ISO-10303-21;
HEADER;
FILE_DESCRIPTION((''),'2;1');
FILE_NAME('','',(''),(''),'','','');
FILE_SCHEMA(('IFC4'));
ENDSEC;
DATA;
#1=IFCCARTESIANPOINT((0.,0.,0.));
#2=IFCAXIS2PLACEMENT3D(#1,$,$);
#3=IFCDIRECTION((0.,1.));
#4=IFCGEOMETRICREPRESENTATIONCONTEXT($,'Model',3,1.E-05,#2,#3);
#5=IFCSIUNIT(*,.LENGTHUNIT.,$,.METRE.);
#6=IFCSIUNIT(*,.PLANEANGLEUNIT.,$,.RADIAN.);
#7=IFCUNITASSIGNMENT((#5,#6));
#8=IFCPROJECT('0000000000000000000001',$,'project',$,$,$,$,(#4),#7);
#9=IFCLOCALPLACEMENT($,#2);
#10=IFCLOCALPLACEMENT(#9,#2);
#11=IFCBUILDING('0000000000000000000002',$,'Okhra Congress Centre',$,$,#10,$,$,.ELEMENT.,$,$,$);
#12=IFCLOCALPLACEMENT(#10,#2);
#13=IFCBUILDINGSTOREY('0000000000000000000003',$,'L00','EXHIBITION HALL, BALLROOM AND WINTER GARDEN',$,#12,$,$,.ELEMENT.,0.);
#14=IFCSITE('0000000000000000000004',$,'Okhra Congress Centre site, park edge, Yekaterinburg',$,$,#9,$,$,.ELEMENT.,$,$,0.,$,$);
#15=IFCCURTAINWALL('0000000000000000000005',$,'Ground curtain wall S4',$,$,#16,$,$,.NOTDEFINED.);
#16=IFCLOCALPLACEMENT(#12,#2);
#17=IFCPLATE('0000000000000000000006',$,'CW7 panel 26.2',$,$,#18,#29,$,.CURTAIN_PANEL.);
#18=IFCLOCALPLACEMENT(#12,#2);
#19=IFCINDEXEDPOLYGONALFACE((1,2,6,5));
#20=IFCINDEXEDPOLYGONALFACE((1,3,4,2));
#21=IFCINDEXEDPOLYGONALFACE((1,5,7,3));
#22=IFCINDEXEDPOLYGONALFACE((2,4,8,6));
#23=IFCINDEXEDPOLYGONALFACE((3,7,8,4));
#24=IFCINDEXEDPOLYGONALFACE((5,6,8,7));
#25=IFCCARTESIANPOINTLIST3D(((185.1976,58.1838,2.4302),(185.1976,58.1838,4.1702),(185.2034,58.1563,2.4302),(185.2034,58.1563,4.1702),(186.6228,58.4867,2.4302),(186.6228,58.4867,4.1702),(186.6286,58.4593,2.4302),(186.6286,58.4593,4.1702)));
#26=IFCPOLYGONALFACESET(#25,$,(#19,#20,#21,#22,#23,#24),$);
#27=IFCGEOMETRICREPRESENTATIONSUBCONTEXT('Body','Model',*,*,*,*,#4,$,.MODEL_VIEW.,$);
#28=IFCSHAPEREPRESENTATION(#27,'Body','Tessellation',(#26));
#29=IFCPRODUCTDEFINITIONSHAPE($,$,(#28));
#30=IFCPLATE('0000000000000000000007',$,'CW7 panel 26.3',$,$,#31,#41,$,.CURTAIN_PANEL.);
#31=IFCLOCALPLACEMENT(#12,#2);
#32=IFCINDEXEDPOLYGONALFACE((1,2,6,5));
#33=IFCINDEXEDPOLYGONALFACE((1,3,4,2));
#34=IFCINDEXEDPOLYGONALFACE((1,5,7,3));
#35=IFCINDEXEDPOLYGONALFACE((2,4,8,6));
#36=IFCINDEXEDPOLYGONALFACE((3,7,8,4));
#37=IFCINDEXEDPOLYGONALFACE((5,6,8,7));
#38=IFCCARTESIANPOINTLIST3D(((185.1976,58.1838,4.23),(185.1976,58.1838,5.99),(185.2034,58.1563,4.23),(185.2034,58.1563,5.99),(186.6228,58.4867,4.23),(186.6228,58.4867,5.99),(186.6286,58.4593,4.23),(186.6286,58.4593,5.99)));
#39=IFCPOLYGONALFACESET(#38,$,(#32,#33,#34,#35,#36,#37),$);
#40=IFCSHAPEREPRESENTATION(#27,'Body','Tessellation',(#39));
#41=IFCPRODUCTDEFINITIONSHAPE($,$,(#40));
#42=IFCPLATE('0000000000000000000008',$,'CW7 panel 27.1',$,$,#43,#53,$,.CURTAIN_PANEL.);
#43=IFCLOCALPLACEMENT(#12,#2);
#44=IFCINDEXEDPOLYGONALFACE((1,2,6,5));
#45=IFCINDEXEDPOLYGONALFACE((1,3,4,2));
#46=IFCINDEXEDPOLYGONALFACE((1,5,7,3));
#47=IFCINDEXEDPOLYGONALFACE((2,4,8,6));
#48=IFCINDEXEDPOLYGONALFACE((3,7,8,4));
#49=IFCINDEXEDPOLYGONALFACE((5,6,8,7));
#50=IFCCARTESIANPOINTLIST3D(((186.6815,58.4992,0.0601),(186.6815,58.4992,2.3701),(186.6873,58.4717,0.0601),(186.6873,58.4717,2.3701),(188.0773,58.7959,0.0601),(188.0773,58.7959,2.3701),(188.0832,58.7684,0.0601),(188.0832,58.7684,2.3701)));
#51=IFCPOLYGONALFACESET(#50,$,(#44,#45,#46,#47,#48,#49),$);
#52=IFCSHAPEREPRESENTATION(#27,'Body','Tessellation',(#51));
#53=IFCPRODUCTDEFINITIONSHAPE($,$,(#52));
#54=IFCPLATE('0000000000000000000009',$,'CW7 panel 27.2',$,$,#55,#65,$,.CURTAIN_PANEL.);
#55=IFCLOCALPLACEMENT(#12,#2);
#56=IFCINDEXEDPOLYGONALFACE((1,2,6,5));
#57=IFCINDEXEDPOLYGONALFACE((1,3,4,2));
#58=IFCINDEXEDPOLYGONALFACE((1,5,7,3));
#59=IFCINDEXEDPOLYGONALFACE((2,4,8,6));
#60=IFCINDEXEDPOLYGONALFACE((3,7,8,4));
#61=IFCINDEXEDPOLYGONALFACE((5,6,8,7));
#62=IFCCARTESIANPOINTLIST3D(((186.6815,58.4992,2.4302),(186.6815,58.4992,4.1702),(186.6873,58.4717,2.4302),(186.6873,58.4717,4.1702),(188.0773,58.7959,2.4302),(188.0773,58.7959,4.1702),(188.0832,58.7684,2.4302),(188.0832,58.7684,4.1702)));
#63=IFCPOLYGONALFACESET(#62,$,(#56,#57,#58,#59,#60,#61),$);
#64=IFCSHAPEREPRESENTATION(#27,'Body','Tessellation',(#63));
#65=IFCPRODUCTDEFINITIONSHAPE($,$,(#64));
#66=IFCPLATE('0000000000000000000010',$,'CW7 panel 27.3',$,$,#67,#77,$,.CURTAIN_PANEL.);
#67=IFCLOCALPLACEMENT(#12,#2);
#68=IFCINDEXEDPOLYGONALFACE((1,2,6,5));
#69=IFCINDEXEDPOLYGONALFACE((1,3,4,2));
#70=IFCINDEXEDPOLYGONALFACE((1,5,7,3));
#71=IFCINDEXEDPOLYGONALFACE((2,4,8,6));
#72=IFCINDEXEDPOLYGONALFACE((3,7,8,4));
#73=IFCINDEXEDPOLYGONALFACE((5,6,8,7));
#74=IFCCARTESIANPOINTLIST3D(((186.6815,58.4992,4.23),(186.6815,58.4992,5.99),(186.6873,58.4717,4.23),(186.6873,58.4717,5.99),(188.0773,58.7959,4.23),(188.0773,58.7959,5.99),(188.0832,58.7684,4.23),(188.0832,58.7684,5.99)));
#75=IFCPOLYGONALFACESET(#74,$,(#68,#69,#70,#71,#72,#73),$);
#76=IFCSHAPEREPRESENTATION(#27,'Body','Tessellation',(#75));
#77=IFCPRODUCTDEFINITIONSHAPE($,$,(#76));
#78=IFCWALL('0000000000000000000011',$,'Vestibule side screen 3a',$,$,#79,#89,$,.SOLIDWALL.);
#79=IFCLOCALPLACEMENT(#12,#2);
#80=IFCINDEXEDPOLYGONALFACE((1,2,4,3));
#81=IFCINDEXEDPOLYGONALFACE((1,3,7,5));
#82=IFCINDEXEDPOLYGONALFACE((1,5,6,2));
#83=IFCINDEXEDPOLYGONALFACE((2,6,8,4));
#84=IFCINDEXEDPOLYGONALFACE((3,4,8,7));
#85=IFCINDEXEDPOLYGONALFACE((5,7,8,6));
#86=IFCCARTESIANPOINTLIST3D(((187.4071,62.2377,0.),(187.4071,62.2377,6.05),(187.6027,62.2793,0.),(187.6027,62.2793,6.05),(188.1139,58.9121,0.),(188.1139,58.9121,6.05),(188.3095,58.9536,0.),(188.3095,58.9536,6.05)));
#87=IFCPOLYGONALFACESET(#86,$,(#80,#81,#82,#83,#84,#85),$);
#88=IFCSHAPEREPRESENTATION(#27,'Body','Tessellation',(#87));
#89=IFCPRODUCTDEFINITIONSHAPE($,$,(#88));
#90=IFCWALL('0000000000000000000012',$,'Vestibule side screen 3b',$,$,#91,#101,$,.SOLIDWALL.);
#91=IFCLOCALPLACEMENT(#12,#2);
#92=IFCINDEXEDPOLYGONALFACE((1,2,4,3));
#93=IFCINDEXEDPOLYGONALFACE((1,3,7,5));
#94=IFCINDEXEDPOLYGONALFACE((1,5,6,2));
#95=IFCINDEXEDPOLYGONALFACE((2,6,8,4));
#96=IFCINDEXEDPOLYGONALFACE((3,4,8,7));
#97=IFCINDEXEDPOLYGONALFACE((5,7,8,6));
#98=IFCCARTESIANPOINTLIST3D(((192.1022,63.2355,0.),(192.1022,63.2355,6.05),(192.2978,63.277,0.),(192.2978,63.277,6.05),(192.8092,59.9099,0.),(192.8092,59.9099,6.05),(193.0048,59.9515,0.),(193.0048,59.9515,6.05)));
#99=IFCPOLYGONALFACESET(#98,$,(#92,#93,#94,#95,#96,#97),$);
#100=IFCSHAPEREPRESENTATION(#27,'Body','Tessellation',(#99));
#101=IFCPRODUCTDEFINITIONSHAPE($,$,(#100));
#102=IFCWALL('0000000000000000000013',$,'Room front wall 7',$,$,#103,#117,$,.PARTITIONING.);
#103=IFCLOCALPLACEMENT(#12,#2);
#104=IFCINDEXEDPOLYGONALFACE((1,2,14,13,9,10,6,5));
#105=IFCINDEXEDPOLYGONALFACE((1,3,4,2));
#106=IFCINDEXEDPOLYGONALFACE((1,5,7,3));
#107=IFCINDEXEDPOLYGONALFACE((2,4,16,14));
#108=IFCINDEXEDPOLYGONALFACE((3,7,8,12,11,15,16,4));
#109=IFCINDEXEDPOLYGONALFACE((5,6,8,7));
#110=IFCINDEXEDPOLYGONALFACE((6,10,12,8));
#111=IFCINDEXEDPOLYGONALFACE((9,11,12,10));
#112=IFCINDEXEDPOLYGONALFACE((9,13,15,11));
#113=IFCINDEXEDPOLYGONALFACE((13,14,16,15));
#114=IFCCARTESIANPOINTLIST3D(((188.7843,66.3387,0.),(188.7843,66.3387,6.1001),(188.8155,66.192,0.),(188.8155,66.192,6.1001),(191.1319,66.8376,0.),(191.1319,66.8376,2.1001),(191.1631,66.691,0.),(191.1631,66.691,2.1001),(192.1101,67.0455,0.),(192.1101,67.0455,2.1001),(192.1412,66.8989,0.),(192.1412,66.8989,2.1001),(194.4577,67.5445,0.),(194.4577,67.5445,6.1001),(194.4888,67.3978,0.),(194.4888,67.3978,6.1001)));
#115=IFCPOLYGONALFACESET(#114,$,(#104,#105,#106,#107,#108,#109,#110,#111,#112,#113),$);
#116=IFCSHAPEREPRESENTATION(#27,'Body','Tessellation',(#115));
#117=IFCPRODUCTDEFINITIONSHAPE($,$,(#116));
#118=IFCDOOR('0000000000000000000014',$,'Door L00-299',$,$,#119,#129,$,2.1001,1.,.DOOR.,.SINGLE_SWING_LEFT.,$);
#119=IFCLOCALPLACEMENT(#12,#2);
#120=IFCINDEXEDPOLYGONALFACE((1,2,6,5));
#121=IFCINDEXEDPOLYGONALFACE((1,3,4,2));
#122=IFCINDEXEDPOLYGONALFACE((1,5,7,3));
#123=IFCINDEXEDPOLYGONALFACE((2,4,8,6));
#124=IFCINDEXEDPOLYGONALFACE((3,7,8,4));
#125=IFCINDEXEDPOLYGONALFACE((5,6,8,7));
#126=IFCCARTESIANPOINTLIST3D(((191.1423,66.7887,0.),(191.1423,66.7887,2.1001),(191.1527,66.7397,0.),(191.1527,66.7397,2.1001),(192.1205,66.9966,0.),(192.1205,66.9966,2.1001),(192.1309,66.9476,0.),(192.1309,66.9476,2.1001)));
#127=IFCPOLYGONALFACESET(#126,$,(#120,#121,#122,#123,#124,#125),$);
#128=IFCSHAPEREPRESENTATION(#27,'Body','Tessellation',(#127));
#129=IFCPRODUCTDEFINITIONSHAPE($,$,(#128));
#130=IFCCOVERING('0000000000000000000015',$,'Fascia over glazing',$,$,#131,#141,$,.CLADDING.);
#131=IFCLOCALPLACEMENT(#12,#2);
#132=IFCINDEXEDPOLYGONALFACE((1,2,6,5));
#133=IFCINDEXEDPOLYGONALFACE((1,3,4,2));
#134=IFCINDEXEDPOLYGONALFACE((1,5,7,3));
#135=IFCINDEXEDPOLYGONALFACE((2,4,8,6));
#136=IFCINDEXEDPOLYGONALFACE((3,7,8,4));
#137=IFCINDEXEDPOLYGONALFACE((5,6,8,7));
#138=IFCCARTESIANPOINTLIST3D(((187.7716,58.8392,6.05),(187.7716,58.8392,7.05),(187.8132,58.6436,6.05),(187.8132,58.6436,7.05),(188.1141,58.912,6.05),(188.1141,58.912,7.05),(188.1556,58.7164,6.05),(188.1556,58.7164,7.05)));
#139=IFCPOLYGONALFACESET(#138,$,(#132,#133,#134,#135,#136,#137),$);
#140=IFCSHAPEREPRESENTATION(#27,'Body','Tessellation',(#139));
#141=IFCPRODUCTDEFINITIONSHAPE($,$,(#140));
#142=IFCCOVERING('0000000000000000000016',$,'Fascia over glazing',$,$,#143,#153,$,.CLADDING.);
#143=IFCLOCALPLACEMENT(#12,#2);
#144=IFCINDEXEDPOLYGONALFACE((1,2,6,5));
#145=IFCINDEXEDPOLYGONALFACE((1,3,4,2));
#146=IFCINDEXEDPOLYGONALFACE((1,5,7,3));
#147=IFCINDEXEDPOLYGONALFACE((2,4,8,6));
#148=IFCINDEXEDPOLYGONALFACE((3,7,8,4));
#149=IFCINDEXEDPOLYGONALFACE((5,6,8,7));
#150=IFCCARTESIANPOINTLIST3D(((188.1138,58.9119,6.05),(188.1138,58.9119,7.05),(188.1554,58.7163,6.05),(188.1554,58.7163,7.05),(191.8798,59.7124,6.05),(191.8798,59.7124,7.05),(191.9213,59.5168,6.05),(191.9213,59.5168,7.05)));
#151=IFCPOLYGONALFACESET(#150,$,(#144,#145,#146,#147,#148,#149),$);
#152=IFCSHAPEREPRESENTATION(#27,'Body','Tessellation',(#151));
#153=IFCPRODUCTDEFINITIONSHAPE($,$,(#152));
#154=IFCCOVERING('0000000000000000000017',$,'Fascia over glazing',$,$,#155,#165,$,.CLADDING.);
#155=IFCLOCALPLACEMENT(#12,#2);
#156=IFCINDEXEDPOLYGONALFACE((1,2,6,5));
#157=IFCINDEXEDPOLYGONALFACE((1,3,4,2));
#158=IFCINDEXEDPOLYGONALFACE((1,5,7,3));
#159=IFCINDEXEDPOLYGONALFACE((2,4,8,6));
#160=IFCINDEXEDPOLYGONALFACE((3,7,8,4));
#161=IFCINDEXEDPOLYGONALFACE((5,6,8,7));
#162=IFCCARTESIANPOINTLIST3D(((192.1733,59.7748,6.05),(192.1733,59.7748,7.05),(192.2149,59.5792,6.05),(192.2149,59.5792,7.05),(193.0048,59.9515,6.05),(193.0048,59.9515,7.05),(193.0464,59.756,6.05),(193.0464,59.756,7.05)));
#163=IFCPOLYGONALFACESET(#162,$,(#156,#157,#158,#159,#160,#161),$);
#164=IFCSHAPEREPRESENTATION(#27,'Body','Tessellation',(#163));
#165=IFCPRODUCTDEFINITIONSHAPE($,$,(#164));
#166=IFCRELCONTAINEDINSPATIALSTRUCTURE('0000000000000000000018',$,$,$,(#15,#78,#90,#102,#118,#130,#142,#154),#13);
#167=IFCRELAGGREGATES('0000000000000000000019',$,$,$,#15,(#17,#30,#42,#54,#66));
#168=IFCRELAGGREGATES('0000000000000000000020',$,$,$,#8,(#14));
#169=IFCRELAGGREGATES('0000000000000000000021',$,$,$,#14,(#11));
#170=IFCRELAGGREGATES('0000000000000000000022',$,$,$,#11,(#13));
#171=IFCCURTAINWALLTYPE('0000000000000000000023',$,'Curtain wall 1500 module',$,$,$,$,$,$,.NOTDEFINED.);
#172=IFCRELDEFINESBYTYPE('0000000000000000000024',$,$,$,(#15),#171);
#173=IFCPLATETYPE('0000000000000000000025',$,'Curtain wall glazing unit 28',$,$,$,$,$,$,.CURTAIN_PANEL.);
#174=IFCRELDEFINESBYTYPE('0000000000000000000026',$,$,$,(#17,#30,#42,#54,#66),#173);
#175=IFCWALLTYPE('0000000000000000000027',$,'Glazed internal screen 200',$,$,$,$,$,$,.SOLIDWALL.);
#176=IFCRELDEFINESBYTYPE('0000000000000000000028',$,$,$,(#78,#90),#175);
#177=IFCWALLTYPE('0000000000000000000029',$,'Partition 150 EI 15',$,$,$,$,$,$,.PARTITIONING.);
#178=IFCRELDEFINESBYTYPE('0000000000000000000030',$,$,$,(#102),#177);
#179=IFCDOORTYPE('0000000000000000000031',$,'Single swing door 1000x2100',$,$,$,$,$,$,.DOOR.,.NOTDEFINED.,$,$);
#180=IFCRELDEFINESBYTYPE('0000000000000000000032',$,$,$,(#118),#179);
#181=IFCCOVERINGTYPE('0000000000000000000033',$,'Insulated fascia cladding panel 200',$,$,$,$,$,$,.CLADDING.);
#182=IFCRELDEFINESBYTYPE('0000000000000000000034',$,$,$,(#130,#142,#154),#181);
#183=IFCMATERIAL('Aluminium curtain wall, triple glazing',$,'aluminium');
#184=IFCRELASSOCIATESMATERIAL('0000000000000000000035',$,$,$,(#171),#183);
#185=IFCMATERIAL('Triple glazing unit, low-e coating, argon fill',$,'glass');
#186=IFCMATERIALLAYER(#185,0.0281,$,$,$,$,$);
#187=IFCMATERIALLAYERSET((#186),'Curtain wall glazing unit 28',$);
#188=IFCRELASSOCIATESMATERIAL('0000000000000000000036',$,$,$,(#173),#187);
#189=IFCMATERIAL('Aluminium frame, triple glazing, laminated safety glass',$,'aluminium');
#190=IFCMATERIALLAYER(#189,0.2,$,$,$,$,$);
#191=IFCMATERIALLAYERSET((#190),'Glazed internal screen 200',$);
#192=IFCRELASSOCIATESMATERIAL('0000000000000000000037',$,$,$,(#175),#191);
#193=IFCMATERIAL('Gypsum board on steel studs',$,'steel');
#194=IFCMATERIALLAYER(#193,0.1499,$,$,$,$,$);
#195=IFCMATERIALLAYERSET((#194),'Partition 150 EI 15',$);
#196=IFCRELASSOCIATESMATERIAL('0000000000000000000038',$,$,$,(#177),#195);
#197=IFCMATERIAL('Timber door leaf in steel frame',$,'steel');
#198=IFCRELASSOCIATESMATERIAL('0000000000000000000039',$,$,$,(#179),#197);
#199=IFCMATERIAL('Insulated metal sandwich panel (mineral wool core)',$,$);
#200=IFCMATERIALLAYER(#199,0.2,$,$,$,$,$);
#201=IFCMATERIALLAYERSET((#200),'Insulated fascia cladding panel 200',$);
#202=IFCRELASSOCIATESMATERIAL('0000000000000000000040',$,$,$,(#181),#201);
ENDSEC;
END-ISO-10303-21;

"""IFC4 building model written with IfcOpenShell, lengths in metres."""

from ifc_helpers import new_model, si_unit, direction, frame, frame_2d, origin, origin_2d, place, context, subcontext, project, spatial, rectangle, extrude, material, layer, layer_set, type_object, element, fill, aggregate, save


model = new_model("IFC4")

# Units and contexts
model_context = context("Model", 3, precision=1e-05, world=origin(), true_north=direction((0.0, 1.0)))
body_context = subcontext(model_context, "Body", "Model", "MODEL_VIEW")
ifc_project = project(units=[si_unit("LENGTHUNIT", "METRE"), si_unit("PLANEANGLEUNIT", "RADIAN")], contexts=[model_context])

# Site, building, storey
site_placement = place(None, origin())
site = spatial("IfcSite", under=ifc_project, at=site_placement, Name="Okhra Congress Centre site, park edge, Yekaterinburg", CompositionType="ELEMENT", RefElevation=0.0)
building_placement = place(site_placement, origin())
building = spatial("IfcBuilding", under=site, at=building_placement, Name="Okhra Congress Centre", CompositionType="ELEMENT")
storey_placement = place(building_placement, origin())
storey = spatial("IfcBuildingStorey", under=building, at=storey_placement, Name="L00", Description="EXHIBITION HALL, BALLROOM AND WINTER GARDEN", CompositionType="ELEMENT", Elevation=0.0)

# Curtain wall
ifc_material_1 = material(Name="Aluminium curtain wall, triple glazing", Category="aluminium")
curtain_wall_type = type_object("IfcCurtainWallType", Name="Curtain wall 1500 module", PredefinedType="NOTDEFINED", material=ifc_material_1)
curtain_wall_1_placement = place(storey_placement, origin())
curtain_wall_1 = element("IfcCurtainWall", 1, at=curtain_wall_1_placement, inside=storey, type_object=curtain_wall_type, Name="Ground curtain wall S4", PredefinedType="NOTDEFINED")

# Plates
ifc_material_2 = material(Name="Triple glazing unit, low-e coating, argon fill", Category="glass")
ifc_layer_1 = layer(ifc_material_2, 0.0281)
ifc_layer_set_1 = layer_set([ifc_layer_1], Name="Curtain wall glazing unit 28")
plate_type = type_object("IfcPlateType", Name="Curtain wall glazing unit 28", PredefinedType="CURTAIN_PANEL", material=ifc_layer_set_1)
plate_1_placement = place(storey_placement, frame((185.9131, 58.3215, 2.4302), z_axis=(0.0, 0.0, 1.0), x_axis=(0.978148, 0.207912, 0.0)))
plate_1 = element("IfcPlate", 2, at=plate_1_placement, type_object=plate_type, Name="CW7 panel 26.2", PredefinedType="CURTAIN_PANEL", context=body_context, shape_type="SweptSolid", body=[
    extrude(rectangle(XDim=1.457, YDim=0.0281, at=origin_2d()), origin(), (0.0, 0.0, 1.0), 1.74),
])
plate_2_placement = place(storey_placement, frame((185.9131, 58.3215, 4.23), z_axis=(0.0, 0.0, 1.0), x_axis=(0.978148, 0.207912, 0.0)))
plate_2 = element("IfcPlate", 3, at=plate_2_placement, type_object=plate_type, Name="CW7 panel 26.3", PredefinedType="CURTAIN_PANEL", context=body_context, shape_type="SweptSolid", body=[
    extrude(rectangle(XDim=1.457, YDim=0.0281, at=origin_2d()), origin(), (0.0, 0.0, 1.0), 1.76),
])
plate_3_placement = place(storey_placement, frame((187.3823, 58.6338, 0.0601), z_axis=(0.0, 0.0, 1.0), x_axis=(0.978148, 0.207912, 0.0)))
plate_3 = element("IfcPlate", 4, at=plate_3_placement, type_object=plate_type, Name="CW7 panel 27.1", PredefinedType="CURTAIN_PANEL", context=body_context, shape_type="SweptSolid", body=[
    extrude(rectangle(XDim=1.427, YDim=0.0281, at=origin_2d()), origin(), (0.0, 0.0, 1.0), 2.3101),
])
plate_4_placement = place(storey_placement, frame((187.3823, 58.6338, 2.4302), z_axis=(0.0, 0.0, 1.0), x_axis=(0.978148, 0.207912, 0.0)))
plate_4 = element("IfcPlate", 5, at=plate_4_placement, type_object=plate_type, Name="CW7 panel 27.2", PredefinedType="CURTAIN_PANEL", context=body_context, shape_type="SweptSolid", body=[
    extrude(rectangle(XDim=1.427, YDim=0.0281, at=origin_2d()), origin(), (0.0, 0.0, 1.0), 1.74),
])
plate_5_placement = place(storey_placement, frame((187.3823, 58.6338, 4.23), z_axis=(0.0, 0.0, 1.0), x_axis=(0.978148, 0.207912, 0.0)))
plate_5 = element("IfcPlate", 6, at=plate_5_placement, type_object=plate_type, Name="CW7 panel 27.3", PredefinedType="CURTAIN_PANEL", context=body_context, shape_type="SweptSolid", body=[
    extrude(rectangle(XDim=1.427, YDim=0.0281, at=origin_2d()), origin(), (0.0, 0.0, 1.0), 1.76),
])
aggregate(curtain_wall_1, [plate_1, plate_2, plate_3, plate_4, plate_5])

# Shared definitions
ifc_material_3 = material(Name="Aluminium frame, triple glazing, laminated safety glass", Category="aluminium")
ifc_layer_2 = layer(ifc_material_3, 0.2)
ifc_layer_set_2 = layer_set([ifc_layer_2], Name="Glazed internal screen 200")
wall_type_1 = type_object("IfcWallType", Name="Glazed internal screen 200", PredefinedType="SOLIDWALL", material=ifc_layer_set_2)

# Walls
for number, where, z_axis, x_axis, name in (
    (7, (188.2117, 58.9329, 0.0), (0.0, 0.0, 1.0), (-0.207881, 0.978154, 0.0), "Vestibule side screen 3a"),
    (8, (192.907, 59.9307, 0.0), (0.0, 0.0, 1.0), (-0.20795, 0.97814, 0.0), "Vestibule side screen 3b"),
):
    element("IfcWall", number, at=place(storey_placement, frame(where, z_axis=z_axis, x_axis=x_axis)), inside=storey, type_object=wall_type_1, Name=name, PredefinedType="SOLIDWALL", context=body_context, shape_type="SweptSolid", body=[
        extrude(rectangle(XDim=3.3999, YDim=0.2, at=frame_2d((1.7, 0.0))), origin(), (0.0, 0.0, 1.0), 6.05),
    ])

# Wall, opening, door
ifc_material_4 = material(Name="Gypsum board on steel studs", Category="steel")
ifc_layer_3 = layer(ifc_material_4, 0.1499)
ifc_layer_set_3 = layer_set([ifc_layer_3], Name="Partition 150 EI 15")
wall_type_2 = type_object("IfcWallType", Name="Partition 150 EI 15", PredefinedType="PARTITIONING", material=ifc_layer_set_3)
wall_1_placement = place(storey_placement, frame((188.8, 66.2654, 0.0), z_axis=(0.0, 0.0, 1.0), x_axis=(0.978151, 0.207896, 0.0)))
wall_1 = element("IfcWall", 9, at=wall_1_placement, inside=storey, type_object=wall_type_2, Name="Room front wall 7", PredefinedType="PARTITIONING", context=body_context, shape_type="SweptSolid", body=[
    extrude(rectangle(XDim=5.8, YDim=0.1499, at=frame_2d((2.8999, 0.0))), origin(), (0.0, 0.0, 1.0), 6.1001),
])
opening_1_placement = place(wall_1_placement, frame((2.3999, 0.0, 0.0)))
opening_1 = element("IfcOpeningElement", 10, at=opening_1_placement, cuts=wall_1, PredefinedType="OPENING", context=body_context, shape_type="SweptSolid", body=[
    extrude(rectangle(XDim=1.0, YDim=2.1001, at=frame_2d((0.5, 1.05))), frame((0.0, 0.085, 0.0), z_axis=(0.0, -1.0, 0.0), x_axis=(1.0, 0.0, 0.0)), (0.0, 0.0, 1.0), 0.1699),
])
ifc_material_5 = material(Name="Timber door leaf in steel frame", Category="steel")
door_type_1 = type_object("IfcDoorType", Name="Single swing door 1000x2100", OperationType="NOTDEFINED", PredefinedType="DOOR", material=ifc_material_5)
door_1_placement = place(opening_1_placement, origin())
door_1 = element("IfcDoor", 11, at=door_1_placement, inside=storey, type_object=door_type_1, Name="Door L00-299", OperationType="SINGLE_SWING_LEFT", OverallHeight=2.1001, OverallWidth=1.0, PredefinedType="DOOR", context=body_context, shape_type="SweptSolid", body=[
    extrude(rectangle(XDim=1.0, YDim=2.1001, at=frame_2d((0.5, 1.05))), frame((0.0, 0.0249, 0.0), z_axis=(0.0, -1.0, 0.0), x_axis=(1.0, 0.0, 0.0)), (0.0, 0.0, 1.0), 0.05),
])
fill(opening_1, door_1)

# Coverings
ifc_material_6 = material(Name="Insulated metal sandwich panel (mineral wool core)")
ifc_layer_4 = layer(ifc_material_6, 0.2)
ifc_layer_set_4 = layer_set([ifc_layer_4], Name="Insulated fascia cladding panel 200")
covering_type = type_object("IfcCoveringType", Name="Insulated fascia cladding panel 200", PredefinedType="CLADDING", material=ifc_layer_set_4)
covering_1_placement = place(storey_placement, frame((187.9636, 58.7778, 6.05), z_axis=(0.0, 0.0, 1.0), x_axis=(0.978148, 0.207912, 0.0)))
element("IfcCovering", 12, at=covering_1_placement, inside=storey, type_object=covering_type, Name="Fascia over glazing", PredefinedType="CLADDING", context=body_context, shape_type="SweptSolid", body=[
    extrude(rectangle(XDim=0.3501, YDim=0.2, at=origin_2d()), origin(), (0.0, 0.0, 1.0), 1.0),
])
covering_2_placement = place(storey_placement, frame((190.0176, 59.2144, 6.05), z_axis=(0.0, 0.0, 1.0), x_axis=(0.978148, 0.207912, 0.0)))
element("IfcCovering", 13, at=covering_2_placement, inside=storey, type_object=covering_type, Name="Fascia over glazing", PredefinedType="CLADDING", context=body_context, shape_type="SweptSolid", body=[
    extrude(rectangle(XDim=3.8501, YDim=0.2, at=origin_2d()), origin(), (0.0, 0.0, 1.0), 1.0),
])
covering_3_placement = place(storey_placement, frame((192.6099, 59.7654, 6.05), z_axis=(0.0, 0.0, 1.0), x_axis=(0.978148, 0.207912, 0.0)))
element("IfcCovering", 14, at=covering_3_placement, inside=storey, type_object=covering_type, Name="Fascia over glazing", PredefinedType="CLADDING", context=body_context, shape_type="SweptSolid", body=[
    extrude(rectangle(XDim=0.8501, YDim=0.2, at=origin_2d()), origin(), (0.0, 0.0, 1.0), 1.0),
])

save(model, "model.ifc")
